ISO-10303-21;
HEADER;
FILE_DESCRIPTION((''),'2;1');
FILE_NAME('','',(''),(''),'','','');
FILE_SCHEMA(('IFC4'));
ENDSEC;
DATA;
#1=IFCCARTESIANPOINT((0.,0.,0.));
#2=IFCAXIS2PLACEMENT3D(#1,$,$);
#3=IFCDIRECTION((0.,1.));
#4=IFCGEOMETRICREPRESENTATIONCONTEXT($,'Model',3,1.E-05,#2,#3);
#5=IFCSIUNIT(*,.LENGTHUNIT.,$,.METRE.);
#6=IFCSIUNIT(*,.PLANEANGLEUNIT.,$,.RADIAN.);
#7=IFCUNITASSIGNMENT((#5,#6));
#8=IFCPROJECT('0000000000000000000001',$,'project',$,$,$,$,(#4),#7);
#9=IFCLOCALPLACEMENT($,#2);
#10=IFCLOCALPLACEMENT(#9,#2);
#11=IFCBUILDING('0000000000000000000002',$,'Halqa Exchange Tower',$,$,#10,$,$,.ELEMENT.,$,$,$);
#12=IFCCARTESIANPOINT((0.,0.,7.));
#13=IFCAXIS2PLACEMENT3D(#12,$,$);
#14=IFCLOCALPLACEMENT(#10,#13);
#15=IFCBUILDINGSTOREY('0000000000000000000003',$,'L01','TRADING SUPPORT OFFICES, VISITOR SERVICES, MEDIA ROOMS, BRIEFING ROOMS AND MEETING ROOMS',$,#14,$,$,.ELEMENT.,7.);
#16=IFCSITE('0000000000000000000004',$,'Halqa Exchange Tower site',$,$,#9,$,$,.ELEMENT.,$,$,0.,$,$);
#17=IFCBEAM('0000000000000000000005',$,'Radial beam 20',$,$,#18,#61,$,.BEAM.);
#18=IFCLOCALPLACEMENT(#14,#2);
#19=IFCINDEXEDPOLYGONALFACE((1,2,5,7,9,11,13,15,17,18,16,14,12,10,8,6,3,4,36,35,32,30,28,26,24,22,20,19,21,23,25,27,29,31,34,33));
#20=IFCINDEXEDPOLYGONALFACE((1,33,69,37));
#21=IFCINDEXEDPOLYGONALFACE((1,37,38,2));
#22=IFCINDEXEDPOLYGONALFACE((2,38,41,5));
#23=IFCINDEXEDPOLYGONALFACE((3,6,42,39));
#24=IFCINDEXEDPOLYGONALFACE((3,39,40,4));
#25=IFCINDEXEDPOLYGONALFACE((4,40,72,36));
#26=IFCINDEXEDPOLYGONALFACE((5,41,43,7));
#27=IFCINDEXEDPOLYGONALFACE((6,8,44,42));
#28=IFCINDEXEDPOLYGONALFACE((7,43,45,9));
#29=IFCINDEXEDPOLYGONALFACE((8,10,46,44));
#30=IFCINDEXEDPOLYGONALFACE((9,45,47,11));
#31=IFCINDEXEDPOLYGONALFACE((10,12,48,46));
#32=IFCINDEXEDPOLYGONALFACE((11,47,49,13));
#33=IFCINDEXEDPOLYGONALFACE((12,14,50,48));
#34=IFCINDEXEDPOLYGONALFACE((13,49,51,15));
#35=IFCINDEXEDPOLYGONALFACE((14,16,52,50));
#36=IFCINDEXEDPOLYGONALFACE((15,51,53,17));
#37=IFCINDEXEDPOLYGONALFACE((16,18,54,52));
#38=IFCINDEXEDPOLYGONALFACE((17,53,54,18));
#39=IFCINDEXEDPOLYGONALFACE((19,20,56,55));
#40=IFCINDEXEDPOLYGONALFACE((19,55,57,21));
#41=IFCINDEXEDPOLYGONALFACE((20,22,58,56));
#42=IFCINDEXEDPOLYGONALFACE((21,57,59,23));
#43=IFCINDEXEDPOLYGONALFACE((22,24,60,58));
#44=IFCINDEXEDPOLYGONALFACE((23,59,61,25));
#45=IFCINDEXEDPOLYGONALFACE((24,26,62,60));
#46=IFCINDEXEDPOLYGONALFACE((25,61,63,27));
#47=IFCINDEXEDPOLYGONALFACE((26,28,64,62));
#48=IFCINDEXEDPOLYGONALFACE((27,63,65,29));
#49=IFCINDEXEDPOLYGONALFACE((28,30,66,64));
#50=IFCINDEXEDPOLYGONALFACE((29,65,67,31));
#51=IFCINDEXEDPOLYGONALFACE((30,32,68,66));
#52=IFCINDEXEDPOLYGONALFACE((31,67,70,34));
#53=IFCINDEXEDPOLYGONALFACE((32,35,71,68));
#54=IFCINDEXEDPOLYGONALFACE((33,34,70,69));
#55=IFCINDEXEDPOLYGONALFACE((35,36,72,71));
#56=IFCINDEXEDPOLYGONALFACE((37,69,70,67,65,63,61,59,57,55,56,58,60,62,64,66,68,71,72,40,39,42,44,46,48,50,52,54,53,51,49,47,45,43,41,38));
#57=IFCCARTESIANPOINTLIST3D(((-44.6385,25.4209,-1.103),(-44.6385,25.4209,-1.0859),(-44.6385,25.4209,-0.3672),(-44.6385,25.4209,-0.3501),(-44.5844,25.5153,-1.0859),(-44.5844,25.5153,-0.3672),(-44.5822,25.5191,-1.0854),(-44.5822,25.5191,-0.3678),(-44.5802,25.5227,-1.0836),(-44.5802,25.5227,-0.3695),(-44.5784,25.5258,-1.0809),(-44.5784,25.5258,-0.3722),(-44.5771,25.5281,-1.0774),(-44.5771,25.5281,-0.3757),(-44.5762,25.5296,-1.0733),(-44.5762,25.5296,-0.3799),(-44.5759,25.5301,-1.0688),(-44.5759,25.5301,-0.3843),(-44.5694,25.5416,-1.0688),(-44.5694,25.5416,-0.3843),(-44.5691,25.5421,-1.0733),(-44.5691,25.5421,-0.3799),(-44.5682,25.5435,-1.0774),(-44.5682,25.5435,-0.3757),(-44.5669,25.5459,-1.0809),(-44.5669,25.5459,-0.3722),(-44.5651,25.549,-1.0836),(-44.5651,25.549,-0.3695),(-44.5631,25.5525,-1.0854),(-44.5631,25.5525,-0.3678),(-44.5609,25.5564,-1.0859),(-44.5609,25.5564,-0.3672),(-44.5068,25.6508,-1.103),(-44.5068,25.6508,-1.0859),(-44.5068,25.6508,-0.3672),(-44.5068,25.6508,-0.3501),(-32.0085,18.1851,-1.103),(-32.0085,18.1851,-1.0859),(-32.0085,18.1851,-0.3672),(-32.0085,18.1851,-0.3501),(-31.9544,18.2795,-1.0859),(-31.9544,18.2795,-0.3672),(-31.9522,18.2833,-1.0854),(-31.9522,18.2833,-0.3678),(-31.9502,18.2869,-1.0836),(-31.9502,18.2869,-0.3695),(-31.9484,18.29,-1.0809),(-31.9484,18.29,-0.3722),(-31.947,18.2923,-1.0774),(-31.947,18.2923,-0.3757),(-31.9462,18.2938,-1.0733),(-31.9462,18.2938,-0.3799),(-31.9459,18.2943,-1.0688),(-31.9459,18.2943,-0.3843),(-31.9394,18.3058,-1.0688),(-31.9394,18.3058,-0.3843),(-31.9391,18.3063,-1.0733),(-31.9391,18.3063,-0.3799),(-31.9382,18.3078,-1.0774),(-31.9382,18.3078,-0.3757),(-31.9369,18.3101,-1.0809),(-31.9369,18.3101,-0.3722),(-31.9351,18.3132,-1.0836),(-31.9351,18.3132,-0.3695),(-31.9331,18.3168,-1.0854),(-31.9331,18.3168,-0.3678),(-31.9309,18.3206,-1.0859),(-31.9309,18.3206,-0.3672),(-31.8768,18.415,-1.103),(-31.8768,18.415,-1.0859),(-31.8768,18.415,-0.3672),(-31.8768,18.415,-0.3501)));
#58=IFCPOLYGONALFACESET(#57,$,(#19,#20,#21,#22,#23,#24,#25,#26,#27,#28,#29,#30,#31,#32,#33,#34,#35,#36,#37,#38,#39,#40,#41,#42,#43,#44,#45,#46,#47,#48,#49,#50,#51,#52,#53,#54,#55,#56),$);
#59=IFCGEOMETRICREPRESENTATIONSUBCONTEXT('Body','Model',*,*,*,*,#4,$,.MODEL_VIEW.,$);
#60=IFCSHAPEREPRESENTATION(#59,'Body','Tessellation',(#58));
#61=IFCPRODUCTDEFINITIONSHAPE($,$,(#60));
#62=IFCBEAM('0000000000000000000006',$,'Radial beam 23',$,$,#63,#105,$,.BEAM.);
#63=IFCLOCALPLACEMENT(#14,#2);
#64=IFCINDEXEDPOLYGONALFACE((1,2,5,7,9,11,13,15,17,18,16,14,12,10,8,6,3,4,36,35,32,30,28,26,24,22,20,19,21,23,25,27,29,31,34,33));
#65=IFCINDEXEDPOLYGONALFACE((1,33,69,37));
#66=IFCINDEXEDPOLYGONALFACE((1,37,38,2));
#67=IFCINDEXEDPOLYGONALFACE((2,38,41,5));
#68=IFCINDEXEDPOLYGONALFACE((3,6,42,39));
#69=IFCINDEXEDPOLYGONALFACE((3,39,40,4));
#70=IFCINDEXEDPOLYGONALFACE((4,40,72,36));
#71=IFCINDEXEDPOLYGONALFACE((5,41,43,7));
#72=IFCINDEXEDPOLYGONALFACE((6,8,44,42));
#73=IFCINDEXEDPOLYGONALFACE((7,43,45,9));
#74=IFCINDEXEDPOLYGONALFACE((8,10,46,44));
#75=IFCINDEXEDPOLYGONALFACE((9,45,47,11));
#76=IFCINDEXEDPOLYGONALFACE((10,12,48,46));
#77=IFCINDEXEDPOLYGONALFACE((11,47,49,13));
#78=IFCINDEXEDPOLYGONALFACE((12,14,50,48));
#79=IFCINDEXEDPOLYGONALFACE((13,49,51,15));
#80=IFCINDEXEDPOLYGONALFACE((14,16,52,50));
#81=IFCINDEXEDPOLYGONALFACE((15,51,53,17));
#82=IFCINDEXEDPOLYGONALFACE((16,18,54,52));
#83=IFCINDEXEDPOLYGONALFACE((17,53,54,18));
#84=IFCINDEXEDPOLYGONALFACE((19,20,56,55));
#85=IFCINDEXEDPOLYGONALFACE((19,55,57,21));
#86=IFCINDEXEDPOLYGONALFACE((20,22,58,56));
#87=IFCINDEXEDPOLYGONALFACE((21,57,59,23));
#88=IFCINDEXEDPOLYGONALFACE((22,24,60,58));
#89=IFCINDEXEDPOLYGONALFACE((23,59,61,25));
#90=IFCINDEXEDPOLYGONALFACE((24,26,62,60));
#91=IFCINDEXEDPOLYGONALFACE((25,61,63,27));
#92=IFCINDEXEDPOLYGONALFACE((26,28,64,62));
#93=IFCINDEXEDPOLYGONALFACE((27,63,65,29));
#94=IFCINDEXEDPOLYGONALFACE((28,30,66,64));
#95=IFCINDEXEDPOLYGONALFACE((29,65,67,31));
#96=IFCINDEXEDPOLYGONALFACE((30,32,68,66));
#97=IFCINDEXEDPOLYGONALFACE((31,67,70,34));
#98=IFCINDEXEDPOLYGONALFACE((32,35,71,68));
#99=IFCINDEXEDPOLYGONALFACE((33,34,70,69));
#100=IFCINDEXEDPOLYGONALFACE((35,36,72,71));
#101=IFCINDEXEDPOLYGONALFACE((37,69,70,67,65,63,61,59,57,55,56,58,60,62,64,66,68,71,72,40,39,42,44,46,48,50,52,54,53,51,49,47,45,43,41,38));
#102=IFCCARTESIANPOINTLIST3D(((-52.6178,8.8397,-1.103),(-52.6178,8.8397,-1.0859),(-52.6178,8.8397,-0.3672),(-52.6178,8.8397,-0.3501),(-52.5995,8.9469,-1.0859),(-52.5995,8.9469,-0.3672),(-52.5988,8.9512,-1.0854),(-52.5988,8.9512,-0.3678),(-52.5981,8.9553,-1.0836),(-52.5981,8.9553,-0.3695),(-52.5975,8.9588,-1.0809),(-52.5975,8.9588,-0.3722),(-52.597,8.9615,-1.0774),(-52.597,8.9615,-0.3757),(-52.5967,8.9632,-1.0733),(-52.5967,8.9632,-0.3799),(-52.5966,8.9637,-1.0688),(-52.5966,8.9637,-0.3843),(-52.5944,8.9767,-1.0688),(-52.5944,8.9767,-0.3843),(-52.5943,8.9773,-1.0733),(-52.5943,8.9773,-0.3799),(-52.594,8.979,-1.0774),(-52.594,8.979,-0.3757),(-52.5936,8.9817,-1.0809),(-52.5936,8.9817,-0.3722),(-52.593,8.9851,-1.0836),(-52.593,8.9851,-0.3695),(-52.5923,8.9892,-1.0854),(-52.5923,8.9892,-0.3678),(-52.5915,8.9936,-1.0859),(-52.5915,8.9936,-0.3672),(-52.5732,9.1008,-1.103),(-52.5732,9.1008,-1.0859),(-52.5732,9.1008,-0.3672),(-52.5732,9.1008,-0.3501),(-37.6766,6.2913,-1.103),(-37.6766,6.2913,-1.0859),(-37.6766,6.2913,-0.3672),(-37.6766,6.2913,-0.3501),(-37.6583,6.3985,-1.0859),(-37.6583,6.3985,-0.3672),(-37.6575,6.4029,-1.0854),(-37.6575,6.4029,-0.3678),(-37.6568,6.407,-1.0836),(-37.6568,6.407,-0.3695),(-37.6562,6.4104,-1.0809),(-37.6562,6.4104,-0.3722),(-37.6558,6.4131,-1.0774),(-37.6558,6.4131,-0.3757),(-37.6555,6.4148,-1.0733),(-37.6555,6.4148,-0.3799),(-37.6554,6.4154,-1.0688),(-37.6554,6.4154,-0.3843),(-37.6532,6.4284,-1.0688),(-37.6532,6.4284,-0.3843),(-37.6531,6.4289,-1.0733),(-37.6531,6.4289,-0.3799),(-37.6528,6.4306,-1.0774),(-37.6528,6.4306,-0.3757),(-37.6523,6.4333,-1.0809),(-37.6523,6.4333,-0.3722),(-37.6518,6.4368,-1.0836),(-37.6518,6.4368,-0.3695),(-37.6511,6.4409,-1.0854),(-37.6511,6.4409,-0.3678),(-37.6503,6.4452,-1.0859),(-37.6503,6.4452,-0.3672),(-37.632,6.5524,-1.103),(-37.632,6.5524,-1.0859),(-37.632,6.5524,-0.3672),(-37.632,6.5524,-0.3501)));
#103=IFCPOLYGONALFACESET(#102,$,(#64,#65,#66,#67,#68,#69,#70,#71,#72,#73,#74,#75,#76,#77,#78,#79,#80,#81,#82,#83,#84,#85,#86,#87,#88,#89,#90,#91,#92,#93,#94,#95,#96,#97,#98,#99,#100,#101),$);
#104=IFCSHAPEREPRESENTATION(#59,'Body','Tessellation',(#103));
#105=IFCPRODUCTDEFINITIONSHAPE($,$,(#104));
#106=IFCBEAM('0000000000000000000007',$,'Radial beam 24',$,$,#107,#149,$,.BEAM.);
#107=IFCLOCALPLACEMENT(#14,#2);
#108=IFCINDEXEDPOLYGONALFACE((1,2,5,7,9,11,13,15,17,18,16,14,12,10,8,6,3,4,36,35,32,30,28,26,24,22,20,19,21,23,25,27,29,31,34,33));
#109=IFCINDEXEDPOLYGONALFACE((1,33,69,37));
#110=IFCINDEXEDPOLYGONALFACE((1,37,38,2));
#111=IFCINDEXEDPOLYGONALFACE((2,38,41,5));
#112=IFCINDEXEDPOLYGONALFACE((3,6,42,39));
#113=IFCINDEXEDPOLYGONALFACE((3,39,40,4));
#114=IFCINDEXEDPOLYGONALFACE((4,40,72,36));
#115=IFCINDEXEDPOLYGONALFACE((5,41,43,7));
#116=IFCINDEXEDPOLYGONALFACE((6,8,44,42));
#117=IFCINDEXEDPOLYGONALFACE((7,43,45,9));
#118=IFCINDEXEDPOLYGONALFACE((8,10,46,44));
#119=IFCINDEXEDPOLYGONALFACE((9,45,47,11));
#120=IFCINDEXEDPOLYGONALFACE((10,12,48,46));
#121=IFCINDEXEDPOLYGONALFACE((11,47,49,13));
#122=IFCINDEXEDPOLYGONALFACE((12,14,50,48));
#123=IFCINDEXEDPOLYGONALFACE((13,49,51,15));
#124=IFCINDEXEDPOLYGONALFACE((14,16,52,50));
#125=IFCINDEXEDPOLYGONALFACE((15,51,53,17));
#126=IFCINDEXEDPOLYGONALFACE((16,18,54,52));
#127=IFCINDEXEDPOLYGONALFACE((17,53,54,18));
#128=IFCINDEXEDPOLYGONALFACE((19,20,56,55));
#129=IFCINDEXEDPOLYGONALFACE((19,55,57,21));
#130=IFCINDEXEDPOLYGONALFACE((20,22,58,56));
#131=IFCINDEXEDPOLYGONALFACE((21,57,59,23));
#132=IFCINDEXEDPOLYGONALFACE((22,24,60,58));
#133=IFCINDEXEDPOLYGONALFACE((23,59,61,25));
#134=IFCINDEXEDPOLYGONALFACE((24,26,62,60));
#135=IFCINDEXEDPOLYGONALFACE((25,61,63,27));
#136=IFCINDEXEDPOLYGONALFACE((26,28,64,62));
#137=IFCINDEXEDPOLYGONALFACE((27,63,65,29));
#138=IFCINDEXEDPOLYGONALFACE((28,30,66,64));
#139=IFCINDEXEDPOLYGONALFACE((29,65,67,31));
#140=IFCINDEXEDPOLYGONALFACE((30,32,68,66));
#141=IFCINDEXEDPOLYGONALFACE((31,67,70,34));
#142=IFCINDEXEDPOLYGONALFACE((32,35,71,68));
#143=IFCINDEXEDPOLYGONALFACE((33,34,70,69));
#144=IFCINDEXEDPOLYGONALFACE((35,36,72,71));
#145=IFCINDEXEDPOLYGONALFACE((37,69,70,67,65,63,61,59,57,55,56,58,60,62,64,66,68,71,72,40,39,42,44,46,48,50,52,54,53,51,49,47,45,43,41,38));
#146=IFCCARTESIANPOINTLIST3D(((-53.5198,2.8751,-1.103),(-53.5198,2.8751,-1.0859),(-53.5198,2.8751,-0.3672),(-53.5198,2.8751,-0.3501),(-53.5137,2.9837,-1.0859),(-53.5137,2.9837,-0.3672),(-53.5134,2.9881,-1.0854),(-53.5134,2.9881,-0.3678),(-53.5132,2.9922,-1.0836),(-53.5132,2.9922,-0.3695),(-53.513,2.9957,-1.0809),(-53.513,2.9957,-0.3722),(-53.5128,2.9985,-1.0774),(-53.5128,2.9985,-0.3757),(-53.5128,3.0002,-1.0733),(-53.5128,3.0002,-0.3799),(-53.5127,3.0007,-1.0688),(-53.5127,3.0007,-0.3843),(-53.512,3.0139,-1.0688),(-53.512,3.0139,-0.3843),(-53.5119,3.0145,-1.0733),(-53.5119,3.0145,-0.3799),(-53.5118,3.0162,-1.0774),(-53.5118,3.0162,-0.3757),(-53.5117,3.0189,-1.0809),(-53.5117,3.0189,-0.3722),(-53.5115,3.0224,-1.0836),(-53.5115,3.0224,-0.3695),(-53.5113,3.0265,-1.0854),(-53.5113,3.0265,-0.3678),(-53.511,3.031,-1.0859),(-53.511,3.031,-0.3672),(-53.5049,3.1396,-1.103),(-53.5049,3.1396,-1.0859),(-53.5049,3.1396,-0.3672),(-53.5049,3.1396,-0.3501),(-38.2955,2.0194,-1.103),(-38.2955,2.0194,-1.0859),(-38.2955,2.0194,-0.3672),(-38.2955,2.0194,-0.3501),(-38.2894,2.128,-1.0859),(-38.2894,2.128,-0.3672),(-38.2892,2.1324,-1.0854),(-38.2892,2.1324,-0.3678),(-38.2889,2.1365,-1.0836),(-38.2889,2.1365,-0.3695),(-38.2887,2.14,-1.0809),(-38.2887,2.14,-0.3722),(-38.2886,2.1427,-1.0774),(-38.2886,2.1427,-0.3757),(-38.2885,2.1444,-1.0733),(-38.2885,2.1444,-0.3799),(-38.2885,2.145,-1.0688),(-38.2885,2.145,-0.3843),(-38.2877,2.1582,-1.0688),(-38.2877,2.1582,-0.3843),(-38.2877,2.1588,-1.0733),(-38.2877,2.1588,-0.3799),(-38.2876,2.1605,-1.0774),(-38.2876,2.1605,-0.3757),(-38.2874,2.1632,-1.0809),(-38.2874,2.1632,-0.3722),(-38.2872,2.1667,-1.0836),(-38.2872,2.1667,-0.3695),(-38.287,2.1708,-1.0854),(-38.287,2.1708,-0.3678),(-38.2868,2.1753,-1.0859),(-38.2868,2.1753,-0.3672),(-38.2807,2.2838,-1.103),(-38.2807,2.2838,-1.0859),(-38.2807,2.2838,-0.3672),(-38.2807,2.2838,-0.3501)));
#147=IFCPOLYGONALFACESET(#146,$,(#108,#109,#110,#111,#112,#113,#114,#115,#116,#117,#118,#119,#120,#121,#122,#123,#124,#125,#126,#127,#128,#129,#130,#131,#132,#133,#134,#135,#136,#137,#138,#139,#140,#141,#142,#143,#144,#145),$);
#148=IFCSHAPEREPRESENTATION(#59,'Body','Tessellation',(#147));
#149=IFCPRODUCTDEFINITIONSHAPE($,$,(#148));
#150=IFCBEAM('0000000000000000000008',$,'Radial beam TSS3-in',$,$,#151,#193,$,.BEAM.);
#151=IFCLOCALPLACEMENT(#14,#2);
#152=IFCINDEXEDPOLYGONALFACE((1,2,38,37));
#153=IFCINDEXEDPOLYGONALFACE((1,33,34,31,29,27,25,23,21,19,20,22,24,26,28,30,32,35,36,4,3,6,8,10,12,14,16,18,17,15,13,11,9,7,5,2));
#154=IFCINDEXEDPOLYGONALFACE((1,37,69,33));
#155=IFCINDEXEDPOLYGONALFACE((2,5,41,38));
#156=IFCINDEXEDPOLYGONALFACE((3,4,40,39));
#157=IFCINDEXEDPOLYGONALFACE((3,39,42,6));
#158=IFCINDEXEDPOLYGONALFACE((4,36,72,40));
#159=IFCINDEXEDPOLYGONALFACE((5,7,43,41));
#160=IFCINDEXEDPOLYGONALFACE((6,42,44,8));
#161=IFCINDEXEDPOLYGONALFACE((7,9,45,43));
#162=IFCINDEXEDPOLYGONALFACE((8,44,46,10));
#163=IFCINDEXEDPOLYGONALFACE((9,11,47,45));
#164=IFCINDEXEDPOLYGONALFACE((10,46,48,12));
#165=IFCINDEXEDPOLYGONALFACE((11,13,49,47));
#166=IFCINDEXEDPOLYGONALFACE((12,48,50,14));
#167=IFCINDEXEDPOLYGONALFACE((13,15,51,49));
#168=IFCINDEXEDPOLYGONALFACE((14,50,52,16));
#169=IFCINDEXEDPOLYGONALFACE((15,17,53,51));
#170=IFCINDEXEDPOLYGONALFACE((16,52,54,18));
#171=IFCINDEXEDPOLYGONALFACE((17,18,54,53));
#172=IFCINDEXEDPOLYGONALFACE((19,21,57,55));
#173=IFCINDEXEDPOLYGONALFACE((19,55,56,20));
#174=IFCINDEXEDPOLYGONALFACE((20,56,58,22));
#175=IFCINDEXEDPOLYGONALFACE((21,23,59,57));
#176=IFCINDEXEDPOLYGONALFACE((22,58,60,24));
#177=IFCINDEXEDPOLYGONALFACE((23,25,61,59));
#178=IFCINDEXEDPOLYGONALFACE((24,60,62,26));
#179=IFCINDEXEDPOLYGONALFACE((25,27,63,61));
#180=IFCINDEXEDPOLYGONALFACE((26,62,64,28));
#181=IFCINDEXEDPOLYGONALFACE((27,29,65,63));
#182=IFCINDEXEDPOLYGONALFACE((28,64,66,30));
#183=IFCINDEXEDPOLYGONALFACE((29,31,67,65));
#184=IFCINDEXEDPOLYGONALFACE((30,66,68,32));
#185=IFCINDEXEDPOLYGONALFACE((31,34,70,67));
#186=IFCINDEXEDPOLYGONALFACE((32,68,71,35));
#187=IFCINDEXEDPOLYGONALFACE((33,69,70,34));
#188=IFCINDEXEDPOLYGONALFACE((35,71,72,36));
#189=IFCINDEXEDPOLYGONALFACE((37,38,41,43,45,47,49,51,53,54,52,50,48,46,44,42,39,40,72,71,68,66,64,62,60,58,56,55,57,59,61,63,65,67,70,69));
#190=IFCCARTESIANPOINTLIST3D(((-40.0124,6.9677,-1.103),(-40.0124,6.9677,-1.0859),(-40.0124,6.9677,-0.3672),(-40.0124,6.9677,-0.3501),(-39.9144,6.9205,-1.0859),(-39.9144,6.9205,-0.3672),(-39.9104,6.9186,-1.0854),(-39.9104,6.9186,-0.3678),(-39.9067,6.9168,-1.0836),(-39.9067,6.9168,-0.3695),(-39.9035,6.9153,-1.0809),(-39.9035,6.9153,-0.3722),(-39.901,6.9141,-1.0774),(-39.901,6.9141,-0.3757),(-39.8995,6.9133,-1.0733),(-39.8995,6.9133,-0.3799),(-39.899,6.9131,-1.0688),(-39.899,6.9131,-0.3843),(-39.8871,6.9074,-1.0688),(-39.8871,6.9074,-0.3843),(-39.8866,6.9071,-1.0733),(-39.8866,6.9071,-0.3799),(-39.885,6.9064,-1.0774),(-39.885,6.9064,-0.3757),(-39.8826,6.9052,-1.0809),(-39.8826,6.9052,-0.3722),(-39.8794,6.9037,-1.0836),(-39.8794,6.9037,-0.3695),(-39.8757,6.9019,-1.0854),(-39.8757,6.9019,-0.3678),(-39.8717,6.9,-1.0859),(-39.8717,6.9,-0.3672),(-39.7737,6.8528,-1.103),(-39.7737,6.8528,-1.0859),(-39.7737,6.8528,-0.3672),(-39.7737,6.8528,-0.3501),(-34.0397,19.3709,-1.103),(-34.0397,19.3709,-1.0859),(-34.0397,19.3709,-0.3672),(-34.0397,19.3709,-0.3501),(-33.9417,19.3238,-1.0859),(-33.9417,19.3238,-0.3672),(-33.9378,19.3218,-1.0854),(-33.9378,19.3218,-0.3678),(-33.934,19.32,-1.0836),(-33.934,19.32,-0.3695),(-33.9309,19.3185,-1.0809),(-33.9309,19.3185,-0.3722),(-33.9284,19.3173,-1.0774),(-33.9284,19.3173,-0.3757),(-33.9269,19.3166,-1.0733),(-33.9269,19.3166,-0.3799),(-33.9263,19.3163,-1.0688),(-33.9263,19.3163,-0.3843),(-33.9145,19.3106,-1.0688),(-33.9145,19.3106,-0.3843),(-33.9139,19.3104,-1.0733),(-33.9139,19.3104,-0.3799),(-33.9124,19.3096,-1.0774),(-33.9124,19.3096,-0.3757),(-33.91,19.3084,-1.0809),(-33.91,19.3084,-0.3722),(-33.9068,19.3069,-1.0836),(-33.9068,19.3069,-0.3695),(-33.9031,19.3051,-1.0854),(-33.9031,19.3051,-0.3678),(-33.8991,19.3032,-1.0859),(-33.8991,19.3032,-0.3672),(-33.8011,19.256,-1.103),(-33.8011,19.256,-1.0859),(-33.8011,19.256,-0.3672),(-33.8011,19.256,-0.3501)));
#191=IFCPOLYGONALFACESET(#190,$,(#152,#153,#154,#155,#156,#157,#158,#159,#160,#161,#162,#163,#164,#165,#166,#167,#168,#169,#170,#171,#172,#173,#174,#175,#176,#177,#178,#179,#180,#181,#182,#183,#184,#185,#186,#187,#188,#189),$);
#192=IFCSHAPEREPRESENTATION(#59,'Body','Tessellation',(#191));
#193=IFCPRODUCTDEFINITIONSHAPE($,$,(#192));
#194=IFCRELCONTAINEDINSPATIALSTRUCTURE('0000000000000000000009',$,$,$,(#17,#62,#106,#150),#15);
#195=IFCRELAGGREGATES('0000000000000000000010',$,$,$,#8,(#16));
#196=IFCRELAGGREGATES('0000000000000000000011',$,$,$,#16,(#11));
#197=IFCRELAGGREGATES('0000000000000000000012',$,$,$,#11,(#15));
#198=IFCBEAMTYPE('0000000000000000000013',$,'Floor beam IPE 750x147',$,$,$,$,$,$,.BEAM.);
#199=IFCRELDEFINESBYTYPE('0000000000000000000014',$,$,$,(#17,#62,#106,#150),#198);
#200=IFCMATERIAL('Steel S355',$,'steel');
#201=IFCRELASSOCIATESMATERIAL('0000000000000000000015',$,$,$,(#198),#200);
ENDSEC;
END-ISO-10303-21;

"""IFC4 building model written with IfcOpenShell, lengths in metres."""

from ifc_helpers import new_model, si_unit, direction, frame, origin, origin_2d, place, context, subcontext, project, spatial, i_section, extrude, material, material_profile, profile_set, type_object, element, save


model = new_model("IFC4")

# Units and contexts
model_context = context("Model", 3, precision=1e-05, world=origin(), true_north=direction((0.0, 1.0)))
body_context = subcontext(model_context, "Body", "Model", "MODEL_VIEW")
ifc_project = project(units=[si_unit("LENGTHUNIT", "METRE"), si_unit("PLANEANGLEUNIT", "RADIAN")], contexts=[model_context])

# Site, building, storey
site_placement = place(None, origin())
site = spatial("IfcSite", under=ifc_project, at=site_placement, Name="Halqa Exchange Tower site", CompositionType="ELEMENT", RefElevation=0.0)
building_placement = place(site_placement, origin())
building = spatial("IfcBuilding", under=site, at=building_placement, Name="Halqa Exchange Tower", CompositionType="ELEMENT")
storey_placement = place(building_placement, frame((0.0, 0.0, 7.0)))
storey = spatial("IfcBuildingStorey", under=building, at=storey_placement, Name="L01", Description="TRADING SUPPORT OFFICES, VISITOR SERVICES, MEDIA ROOMS, BRIEFING ROOMS AND MEETING ROOMS", CompositionType="ELEMENT", Elevation=7.0)

# Beams
ifc_material_1 = material(Name="Steel S355", Category="steel")
ifc_material_profile_1 = material_profile(ifc_material_1, i_section(OverallWidth=0.2649, OverallDepth=0.7529, WebThickness=0.0132, FlangeThickness=0.0171, FilletRadius=0.0171, at=origin_2d()), Name="IPE 750x147")
ifc_profile_set_1 = profile_set([ifc_material_profile_1], Name="Steel S355")
beam_type_1 = type_object("IfcBeamType", Name="Floor beam IPE 750x147", PredefinedType="BEAM", material=ifc_profile_set_1)
beam_1_placement = place(storey_placement, frame((-31.9426, 18.3, -0.7266), z_axis=(-0.867691, 0.497103, 0.0), x_axis=(-0.497103, -0.867691, 0.0)))
element("IfcBeam", 1, at=beam_1_placement, inside=storey, type_object=beam_type_1, Name="Radial beam 20", PredefinedType="BEAM", context=body_context, shape_type="SweptSolid", body=[
    extrude(i_section(OverallWidth=0.2649, OverallDepth=0.7529, WebThickness=0.0132, FlangeThickness=0.0171, FilletRadius=0.0171, at=origin_2d()), origin(), (0.0, 0.0, 1.0), 14.5559),
])
beam_2_placement = place(storey_placement, frame((-37.6543, 6.4219, -0.7266), z_axis=(-0.985765, 0.16813, 0.0), x_axis=(-0.16813, -0.985765, 0.0)))
element("IfcBeam", 2, at=beam_2_placement, inside=storey, type_object=beam_type_1, Name="Radial beam 23", PredefinedType="BEAM", context=body_context, shape_type="SweptSolid", body=[
    extrude(i_section(OverallWidth=0.2649, OverallDepth=0.7529, WebThickness=0.0132, FlangeThickness=0.0171, FilletRadius=0.0171, at=origin_2d()), origin(), (0.0, 0.0, 1.0), 15.157),
])
beam_3_placement = place(storey_placement, frame((-38.2881, 2.1516, -0.7266), z_axis=(-0.998424, 0.056118, 0.0), x_axis=(-0.056118, -0.998424, 0.0)))
element("IfcBeam", 3, at=beam_3_placement, inside=storey, type_object=beam_type_1, Name="Radial beam 24", PredefinedType="BEAM", context=body_context, shape_type="SweptSolid", body=[
    extrude(i_section(OverallWidth=0.2649, OverallDepth=0.7529, WebThickness=0.0132, FlangeThickness=0.0171, FilletRadius=0.0171, at=origin_2d()), origin(), (0.0, 0.0, 1.0), 15.2483),
])
beam_4_placement = place(storey_placement, frame((-33.9204, 19.3135, -0.7266), z_axis=(-0.433856, -0.900982, 0.0), x_axis=(0.900982, -0.433856, 0.0)))
element("IfcBeam", 4, at=beam_4_placement, inside=storey, type_object=beam_type_1, Name="Radial beam TSS3-in", PredefinedType="BEAM", context=body_context, shape_type="SweptSolid", body=[
    extrude(i_section(OverallWidth=0.2649, OverallDepth=0.7529, WebThickness=0.0132, FlangeThickness=0.0171, FilletRadius=0.0171, at=origin_2d()), origin(), (0.0, 0.0, 1.0), 13.7664),
])

save(model, "model.ifc")
